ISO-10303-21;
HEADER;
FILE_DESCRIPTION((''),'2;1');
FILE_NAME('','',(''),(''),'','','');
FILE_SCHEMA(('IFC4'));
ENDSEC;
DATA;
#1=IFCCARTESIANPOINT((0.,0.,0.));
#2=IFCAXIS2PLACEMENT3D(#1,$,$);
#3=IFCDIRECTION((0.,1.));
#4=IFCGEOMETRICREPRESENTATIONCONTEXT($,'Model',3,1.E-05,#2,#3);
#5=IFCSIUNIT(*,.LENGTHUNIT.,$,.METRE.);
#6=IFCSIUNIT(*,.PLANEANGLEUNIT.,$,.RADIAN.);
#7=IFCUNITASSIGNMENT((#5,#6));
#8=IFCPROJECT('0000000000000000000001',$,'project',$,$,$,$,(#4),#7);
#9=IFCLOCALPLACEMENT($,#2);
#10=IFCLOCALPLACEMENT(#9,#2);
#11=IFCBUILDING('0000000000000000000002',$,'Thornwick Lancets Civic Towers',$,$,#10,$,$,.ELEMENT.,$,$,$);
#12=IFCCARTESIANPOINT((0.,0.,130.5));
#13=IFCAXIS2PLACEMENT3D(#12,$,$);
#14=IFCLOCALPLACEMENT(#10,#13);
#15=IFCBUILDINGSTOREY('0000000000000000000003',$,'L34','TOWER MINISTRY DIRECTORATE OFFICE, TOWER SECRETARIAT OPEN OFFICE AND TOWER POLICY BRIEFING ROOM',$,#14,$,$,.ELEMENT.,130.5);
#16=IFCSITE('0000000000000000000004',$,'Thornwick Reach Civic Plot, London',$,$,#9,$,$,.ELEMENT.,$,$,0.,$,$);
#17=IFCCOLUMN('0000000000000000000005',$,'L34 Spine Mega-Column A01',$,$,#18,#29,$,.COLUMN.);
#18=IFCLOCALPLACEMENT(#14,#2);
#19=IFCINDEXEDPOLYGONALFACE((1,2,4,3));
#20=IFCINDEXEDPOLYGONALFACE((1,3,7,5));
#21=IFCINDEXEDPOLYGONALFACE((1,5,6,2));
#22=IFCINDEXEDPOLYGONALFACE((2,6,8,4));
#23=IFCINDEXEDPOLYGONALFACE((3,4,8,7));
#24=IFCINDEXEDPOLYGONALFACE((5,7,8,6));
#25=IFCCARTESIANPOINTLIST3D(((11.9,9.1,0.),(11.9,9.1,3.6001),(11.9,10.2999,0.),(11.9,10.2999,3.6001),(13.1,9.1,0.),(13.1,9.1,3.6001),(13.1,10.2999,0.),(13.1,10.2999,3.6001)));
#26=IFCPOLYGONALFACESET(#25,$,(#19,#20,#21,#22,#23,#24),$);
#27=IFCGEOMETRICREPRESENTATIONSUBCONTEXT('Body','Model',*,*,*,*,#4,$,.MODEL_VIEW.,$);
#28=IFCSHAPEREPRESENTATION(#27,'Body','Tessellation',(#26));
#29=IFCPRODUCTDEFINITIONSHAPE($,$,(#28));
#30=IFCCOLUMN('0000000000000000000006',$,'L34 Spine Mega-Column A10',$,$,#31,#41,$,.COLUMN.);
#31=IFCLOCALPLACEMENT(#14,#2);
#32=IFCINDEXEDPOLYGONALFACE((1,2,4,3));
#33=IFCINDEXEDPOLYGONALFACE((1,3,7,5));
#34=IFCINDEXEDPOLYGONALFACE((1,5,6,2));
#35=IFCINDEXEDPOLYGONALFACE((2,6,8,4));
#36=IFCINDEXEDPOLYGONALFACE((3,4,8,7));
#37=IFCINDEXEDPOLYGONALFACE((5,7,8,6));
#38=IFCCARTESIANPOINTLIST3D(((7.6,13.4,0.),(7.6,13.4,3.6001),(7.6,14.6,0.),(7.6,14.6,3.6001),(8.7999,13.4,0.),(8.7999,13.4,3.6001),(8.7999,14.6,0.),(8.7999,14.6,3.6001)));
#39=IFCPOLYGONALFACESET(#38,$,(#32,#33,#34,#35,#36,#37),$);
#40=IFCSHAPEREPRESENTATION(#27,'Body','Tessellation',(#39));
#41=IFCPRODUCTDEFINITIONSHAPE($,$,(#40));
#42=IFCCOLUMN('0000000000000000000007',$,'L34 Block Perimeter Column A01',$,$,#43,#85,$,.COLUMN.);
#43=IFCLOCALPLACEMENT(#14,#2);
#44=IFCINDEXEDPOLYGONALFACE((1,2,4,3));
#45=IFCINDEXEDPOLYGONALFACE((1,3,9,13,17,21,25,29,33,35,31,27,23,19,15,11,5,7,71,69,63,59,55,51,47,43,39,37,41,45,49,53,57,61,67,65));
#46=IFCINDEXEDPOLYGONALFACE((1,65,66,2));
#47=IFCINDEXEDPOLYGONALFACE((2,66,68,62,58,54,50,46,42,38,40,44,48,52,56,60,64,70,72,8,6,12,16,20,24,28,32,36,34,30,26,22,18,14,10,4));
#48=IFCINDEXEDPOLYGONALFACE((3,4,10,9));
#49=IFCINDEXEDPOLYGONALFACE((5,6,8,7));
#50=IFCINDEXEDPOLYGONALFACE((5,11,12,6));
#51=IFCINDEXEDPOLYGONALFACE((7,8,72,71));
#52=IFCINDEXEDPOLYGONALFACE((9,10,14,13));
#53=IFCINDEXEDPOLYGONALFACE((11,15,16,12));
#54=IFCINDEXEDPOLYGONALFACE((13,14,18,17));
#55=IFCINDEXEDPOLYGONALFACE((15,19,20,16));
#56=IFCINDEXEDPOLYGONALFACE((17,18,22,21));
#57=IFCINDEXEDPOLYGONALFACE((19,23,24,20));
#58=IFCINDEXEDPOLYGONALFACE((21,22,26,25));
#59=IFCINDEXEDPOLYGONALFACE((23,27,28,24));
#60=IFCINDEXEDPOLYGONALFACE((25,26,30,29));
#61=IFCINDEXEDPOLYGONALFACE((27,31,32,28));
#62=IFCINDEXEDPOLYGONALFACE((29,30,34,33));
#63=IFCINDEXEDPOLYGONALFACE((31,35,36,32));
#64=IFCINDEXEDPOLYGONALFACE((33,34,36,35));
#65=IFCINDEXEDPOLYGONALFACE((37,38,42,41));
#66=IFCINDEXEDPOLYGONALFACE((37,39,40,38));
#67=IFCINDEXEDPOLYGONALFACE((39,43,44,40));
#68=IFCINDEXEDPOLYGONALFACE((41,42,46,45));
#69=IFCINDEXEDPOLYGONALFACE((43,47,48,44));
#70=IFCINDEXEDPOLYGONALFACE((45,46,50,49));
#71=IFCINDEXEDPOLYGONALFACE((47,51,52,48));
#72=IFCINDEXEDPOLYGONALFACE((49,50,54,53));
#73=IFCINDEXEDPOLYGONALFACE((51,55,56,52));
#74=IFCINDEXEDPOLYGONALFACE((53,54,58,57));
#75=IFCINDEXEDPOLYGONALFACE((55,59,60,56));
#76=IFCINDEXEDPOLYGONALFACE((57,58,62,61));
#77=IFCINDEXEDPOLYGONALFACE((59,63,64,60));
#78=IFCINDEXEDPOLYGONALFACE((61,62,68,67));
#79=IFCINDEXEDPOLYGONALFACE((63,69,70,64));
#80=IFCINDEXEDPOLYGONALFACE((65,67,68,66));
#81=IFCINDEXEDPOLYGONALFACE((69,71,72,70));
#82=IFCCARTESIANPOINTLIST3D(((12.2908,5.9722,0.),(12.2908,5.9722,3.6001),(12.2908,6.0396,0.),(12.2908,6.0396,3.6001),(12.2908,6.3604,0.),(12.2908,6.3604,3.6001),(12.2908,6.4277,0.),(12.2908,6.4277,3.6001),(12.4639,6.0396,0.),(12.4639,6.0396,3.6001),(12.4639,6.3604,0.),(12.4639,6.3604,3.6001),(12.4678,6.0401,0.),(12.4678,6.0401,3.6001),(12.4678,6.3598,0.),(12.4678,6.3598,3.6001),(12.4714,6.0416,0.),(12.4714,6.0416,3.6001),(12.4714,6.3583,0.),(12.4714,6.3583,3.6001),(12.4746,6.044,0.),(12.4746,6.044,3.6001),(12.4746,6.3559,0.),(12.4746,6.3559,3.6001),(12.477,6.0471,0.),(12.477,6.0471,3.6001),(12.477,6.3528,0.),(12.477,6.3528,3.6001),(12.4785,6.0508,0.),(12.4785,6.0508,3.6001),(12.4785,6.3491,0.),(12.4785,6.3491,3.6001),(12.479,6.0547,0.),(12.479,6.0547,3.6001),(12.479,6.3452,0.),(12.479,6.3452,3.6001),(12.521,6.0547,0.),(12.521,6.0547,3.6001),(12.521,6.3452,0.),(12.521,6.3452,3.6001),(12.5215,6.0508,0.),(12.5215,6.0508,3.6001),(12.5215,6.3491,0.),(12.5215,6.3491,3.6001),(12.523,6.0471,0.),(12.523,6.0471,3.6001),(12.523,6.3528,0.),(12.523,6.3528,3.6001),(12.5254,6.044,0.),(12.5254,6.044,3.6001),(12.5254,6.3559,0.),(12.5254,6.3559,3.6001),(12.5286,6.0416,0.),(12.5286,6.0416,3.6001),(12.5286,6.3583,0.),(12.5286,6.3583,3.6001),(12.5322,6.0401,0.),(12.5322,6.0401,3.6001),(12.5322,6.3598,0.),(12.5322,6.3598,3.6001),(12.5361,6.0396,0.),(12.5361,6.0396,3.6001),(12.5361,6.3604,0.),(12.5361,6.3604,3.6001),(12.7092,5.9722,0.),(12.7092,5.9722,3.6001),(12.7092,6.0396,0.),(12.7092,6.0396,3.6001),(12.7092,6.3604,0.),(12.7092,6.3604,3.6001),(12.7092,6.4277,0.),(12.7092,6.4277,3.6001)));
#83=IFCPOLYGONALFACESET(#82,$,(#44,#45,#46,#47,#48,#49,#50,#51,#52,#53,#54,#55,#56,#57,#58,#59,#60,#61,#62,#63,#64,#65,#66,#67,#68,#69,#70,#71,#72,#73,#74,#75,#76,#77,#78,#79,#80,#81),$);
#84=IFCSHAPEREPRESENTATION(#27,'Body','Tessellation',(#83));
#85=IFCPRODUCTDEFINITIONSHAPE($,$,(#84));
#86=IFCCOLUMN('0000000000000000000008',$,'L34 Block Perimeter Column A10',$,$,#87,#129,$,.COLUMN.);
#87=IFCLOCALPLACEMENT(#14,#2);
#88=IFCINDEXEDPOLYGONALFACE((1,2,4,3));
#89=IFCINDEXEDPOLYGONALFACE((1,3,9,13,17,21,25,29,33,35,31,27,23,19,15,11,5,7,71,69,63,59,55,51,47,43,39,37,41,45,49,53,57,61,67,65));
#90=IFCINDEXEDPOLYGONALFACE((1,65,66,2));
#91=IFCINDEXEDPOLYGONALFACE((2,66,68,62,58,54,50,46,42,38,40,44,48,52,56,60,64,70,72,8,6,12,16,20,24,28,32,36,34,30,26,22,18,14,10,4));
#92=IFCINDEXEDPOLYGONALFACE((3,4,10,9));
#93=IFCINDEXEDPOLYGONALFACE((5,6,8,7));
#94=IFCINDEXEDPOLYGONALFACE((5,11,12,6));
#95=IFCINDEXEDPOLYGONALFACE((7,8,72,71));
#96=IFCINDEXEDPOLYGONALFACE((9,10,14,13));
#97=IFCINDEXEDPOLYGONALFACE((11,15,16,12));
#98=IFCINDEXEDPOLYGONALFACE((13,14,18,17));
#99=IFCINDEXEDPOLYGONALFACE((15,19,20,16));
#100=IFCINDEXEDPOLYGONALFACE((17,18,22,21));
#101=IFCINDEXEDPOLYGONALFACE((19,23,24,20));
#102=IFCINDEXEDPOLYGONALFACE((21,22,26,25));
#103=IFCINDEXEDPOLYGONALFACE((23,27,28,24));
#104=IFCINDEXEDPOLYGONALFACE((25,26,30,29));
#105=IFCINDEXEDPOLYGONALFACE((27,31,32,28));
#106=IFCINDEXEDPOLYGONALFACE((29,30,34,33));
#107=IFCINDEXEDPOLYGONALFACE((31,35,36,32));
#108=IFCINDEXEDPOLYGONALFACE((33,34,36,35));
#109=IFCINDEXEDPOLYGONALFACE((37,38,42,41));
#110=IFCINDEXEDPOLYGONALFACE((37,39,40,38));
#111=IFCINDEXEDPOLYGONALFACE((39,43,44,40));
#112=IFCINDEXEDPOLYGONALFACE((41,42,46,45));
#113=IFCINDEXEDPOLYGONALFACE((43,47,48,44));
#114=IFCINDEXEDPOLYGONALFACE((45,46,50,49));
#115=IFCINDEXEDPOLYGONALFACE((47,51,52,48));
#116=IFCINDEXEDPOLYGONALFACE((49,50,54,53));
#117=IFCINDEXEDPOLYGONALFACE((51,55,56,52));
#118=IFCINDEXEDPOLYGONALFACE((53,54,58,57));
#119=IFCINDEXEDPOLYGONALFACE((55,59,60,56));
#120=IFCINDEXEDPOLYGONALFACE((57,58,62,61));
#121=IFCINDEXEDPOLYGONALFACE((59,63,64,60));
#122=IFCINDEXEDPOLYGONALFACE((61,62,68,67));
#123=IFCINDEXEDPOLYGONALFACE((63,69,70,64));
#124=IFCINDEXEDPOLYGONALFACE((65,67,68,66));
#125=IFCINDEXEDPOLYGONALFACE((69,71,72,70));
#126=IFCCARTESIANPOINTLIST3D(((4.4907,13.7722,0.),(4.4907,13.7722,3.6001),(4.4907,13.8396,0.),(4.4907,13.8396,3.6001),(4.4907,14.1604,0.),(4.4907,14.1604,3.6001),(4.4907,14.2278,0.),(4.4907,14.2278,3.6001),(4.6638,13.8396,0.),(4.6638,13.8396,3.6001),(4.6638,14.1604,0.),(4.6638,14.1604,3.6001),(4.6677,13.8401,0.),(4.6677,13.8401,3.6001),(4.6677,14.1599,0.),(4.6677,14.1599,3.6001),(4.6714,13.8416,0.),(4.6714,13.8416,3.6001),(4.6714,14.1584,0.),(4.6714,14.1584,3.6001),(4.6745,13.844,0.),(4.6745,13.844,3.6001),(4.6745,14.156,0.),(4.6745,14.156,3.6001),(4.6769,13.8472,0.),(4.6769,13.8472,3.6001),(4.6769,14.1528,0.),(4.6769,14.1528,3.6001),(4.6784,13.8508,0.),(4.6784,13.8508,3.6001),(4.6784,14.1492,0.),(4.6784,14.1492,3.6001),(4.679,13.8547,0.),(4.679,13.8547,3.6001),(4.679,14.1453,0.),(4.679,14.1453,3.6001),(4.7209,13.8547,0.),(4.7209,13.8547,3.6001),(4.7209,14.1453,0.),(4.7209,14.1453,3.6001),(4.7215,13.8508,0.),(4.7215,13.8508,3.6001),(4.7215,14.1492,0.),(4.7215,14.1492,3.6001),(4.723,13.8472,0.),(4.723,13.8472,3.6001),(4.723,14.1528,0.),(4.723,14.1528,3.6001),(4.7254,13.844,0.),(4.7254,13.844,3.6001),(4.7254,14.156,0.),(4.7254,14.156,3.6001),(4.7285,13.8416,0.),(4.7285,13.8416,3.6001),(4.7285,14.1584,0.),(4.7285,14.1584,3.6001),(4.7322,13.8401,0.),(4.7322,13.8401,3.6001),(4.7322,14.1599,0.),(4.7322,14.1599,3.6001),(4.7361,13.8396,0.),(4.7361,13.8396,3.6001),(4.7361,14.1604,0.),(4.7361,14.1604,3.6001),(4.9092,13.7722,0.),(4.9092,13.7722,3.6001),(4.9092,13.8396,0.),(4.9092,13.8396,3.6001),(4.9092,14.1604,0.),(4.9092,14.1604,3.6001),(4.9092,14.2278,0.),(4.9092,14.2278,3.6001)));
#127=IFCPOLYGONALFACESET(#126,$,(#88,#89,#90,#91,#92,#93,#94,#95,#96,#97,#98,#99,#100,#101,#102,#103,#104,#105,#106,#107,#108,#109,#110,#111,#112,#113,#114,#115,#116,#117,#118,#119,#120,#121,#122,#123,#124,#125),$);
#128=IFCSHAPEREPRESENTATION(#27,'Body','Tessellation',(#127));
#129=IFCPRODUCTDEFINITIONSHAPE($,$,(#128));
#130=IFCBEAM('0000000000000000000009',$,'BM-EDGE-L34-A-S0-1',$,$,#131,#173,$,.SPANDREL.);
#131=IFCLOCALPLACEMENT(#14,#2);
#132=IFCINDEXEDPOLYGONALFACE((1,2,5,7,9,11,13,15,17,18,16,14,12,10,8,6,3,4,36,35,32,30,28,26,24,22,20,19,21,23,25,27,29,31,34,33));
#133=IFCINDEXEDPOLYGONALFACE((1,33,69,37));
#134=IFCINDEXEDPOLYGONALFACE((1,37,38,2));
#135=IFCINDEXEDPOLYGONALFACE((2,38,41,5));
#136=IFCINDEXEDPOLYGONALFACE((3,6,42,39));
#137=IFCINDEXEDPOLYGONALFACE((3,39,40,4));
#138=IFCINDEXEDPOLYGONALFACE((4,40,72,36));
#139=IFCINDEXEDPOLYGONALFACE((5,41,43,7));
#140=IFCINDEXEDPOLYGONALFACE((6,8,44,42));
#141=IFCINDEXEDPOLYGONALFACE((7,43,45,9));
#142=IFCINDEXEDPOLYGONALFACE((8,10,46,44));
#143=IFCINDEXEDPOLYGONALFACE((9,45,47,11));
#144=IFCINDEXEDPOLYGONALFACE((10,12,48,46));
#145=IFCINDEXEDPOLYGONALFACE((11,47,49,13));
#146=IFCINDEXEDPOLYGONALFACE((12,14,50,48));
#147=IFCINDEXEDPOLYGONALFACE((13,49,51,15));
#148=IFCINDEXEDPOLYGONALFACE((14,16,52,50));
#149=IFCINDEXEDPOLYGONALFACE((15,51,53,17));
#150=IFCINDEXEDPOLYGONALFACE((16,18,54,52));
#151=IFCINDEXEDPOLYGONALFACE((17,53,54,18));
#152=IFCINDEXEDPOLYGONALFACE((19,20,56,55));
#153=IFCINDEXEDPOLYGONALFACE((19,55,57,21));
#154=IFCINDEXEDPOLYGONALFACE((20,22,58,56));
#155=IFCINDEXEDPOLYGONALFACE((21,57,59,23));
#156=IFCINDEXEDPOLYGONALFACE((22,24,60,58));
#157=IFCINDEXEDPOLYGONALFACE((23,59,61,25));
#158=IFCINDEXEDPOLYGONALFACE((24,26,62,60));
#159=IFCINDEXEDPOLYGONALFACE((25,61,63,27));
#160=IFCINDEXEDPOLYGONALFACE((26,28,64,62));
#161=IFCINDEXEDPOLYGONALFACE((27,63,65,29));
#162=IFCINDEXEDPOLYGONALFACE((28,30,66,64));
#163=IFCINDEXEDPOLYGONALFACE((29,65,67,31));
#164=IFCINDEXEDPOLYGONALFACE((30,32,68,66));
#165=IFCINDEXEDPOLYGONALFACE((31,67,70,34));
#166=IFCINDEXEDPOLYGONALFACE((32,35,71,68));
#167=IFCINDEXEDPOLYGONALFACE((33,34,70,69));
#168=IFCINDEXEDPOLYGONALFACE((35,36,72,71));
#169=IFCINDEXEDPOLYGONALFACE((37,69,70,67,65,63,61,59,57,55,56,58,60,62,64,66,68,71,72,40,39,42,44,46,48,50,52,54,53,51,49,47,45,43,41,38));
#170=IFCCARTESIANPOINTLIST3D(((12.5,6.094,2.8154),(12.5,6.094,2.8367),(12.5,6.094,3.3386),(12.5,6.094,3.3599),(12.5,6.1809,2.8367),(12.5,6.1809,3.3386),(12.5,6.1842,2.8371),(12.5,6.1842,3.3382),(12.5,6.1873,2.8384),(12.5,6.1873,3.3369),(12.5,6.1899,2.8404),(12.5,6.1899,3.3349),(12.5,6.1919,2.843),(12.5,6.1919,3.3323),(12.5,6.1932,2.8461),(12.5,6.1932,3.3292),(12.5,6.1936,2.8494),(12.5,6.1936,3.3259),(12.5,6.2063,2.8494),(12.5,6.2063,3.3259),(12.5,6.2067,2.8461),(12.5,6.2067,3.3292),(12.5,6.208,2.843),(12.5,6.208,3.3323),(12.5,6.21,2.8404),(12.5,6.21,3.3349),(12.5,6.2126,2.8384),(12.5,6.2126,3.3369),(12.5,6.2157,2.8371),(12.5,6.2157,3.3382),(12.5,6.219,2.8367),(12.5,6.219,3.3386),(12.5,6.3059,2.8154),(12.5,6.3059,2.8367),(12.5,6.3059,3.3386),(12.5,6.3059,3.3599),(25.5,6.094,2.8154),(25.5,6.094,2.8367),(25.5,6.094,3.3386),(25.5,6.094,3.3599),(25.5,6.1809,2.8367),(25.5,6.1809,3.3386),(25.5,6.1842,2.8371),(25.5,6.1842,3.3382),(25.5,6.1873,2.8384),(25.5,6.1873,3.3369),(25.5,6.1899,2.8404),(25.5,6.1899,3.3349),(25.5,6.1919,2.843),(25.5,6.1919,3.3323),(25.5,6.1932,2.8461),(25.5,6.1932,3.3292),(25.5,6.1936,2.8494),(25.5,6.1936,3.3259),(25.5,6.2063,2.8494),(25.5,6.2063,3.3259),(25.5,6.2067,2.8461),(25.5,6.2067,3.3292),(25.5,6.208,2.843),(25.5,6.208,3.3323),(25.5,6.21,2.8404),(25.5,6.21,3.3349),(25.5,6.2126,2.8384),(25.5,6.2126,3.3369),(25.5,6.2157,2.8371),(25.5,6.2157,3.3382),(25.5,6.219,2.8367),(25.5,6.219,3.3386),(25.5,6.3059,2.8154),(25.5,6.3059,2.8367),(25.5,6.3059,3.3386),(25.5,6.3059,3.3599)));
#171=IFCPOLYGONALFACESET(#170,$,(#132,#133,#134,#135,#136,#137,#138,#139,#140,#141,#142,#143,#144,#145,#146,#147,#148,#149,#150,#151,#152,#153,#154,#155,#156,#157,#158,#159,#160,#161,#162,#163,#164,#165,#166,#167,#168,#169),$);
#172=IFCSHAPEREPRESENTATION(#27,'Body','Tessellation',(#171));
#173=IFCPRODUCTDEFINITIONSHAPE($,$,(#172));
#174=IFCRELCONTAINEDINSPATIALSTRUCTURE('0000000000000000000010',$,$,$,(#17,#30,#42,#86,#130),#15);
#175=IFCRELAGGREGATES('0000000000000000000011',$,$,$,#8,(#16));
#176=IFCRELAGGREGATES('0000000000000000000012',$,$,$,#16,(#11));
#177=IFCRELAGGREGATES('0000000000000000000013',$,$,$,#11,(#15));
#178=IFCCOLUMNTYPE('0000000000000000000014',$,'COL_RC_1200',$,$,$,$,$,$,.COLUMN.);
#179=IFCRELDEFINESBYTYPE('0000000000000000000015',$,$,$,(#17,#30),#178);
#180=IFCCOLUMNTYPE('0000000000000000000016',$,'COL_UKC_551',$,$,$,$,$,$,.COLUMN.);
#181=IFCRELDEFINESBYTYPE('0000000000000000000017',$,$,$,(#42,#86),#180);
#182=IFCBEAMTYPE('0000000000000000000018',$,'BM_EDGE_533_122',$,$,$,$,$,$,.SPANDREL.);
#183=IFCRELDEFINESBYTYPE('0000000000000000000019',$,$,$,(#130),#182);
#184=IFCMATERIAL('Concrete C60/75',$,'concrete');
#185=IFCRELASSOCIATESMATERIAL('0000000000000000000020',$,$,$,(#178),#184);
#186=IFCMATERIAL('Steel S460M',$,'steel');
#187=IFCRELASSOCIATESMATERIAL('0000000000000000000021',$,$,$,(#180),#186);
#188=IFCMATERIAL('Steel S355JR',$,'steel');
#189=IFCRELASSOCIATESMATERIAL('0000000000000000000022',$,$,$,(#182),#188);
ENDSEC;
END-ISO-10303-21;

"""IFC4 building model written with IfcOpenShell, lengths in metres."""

from ifc_helpers import new_model, si_unit, direction, frame, origin, origin_2d, place, context, subcontext, project, spatial, rectangle, i_section, extrude, material, material_profile, profile_set, type_object, element, save


model = new_model("IFC4")

# Units and contexts
model_context = context("Model", 3, precision=1e-05, world=origin(), true_north=direction((0.0, 1.0)))
body_context = subcontext(model_context, "Body", "Model", "MODEL_VIEW")
ifc_project = project(units=[si_unit("LENGTHUNIT", "METRE"), si_unit("PLANEANGLEUNIT", "RADIAN")], contexts=[model_context])

# Site, building, storey
site_placement = place(None, origin())
site = spatial("IfcSite", under=ifc_project, at=site_placement, Name="Thornwick Reach Civic Plot, London", CompositionType="ELEMENT", RefElevation=0.0)
building_placement = place(site_placement, origin())
building = spatial("IfcBuilding", under=site, at=building_placement, Name="Thornwick Lancets Civic Towers", CompositionType="ELEMENT")
storey_placement = place(building_placement, frame((0.0, 0.0, 130.5)))
storey = spatial("IfcBuildingStorey", under=building, at=storey_placement, Name="L34", Description="TOWER MINISTRY DIRECTORATE OFFICE, TOWER SECRETARIAT OPEN OFFICE AND TOWER POLICY BRIEFING ROOM", CompositionType="ELEMENT", Elevation=130.5)

# Columns
ifc_material_1 = material(Name="Concrete C60/75", Category="concrete")
ifc_material_profile_1 = material_profile(ifc_material_1, rectangle(XDim=1.2, YDim=1.2, at=origin_2d()), Name="RC 1200x1200")
ifc_profile_set_1 = profile_set([ifc_material_profile_1], Name="Concrete C60/75")
column_type_1 = type_object("IfcColumnType", Name="COL_RC_1200", PredefinedType="COLUMN", material=ifc_profile_set_1)
for number, where, z_axis, x_axis, name in (
    (1, (12.5, 9.7, 0.0), (0.0, 0.0, 1.0), (1.0, 0.0, 0.0), "L34 Spine Mega-Column A01"),
    (2, (8.2, 14.0, 0.0), (0.0, 0.0, 1.0), (1.0, 0.0, 0.0), "L34 Spine Mega-Column A10"),
):
    element("IfcColumn", number, at=place(storey_placement, frame(where, z_axis=z_axis, x_axis=x_axis)), inside=storey, type_object=column_type_1, Name=name, PredefinedType="COLUMN", context=body_context, shape_type="SweptSolid", body=[
        extrude(rectangle(XDim=1.2, YDim=1.2, at=origin_2d()), origin(), (0.0, 0.0, 1.0), 3.6001),
    ])
ifc_material_2 = material(Name="Steel S460M", Category="steel")
ifc_material_profile_2 = material_profile(ifc_material_2, i_section(OverallWidth=0.4185, OverallDepth=0.4556, WebThickness=0.042, FlangeThickness=0.0674, FilletRadius=0.0151, at=origin_2d()), Name="UKC 356x406x551")
ifc_profile_set_2 = profile_set([ifc_material_profile_2], Name="Steel S460M")
column_type_2 = type_object("IfcColumnType", Name="COL_UKC_551", PredefinedType="COLUMN", material=ifc_profile_set_2)
for number, where, z_axis, x_axis, name in (
    (3, (12.5, 6.2, 0.0), (0.0, 0.0, 1.0), (1.0, 0.0, 0.0), "L34 Block Perimeter Column A01"),
    (4, (4.7, 14.0, 0.0), (0.0, 0.0, 1.0), (1.0, 0.0, 0.0), "L34 Block Perimeter Column A10"),
):
    element("IfcColumn", number, at=place(storey_placement, frame(where, z_axis=z_axis, x_axis=x_axis)), inside=storey, type_object=column_type_2, Name=name, PredefinedType="COLUMN", context=body_context, shape_type="SweptSolid", body=[
        extrude(i_section(OverallWidth=0.4185, OverallDepth=0.4556, WebThickness=0.042, FlangeThickness=0.0674, FilletRadius=0.0151, at=origin_2d()), origin(), (0.0, 0.0, 1.0), 3.6001),
    ])

# Beam
ifc_material_3 = material(Name="Steel S355JR", Category="steel")
ifc_material_profile_3 = material_profile(ifc_material_3, i_section(OverallWidth=0.2119, OverallDepth=0.5444, WebThickness=0.0127, FlangeThickness=0.0212, FilletRadius=0.0127, at=origin_2d()), Name="UKB 533x210x122")
ifc_profile_set_3 = profile_set([ifc_material_profile_3], Name="Steel S355JR")
beam_type_1 = type_object("IfcBeamType", Name="BM_EDGE_533_122", PredefinedType="SPANDREL", material=ifc_profile_set_3)
for number, where, z_axis, x_axis, name in (
    (5, (12.5, 6.2, 3.0876), (1.0, 0.0, 0.0), (0.0, 1.0, 0.0), "BM-EDGE-L34-A-S0-1"),
):
    element("IfcBeam", number, at=place(storey_placement, frame(where, z_axis=z_axis, x_axis=x_axis)), inside=storey, type_object=beam_type_1, Name=name, PredefinedType="SPANDREL", context=body_context, shape_type="SweptSolid", body=[
        extrude(i_section(OverallWidth=0.2119, OverallDepth=0.5444, WebThickness=0.0127, FlangeThickness=0.0212, FilletRadius=0.0127, at=origin_2d()), origin(), (0.0, 0.0, 1.0), 13.0),
    ])

save(model, "model.ifc")
